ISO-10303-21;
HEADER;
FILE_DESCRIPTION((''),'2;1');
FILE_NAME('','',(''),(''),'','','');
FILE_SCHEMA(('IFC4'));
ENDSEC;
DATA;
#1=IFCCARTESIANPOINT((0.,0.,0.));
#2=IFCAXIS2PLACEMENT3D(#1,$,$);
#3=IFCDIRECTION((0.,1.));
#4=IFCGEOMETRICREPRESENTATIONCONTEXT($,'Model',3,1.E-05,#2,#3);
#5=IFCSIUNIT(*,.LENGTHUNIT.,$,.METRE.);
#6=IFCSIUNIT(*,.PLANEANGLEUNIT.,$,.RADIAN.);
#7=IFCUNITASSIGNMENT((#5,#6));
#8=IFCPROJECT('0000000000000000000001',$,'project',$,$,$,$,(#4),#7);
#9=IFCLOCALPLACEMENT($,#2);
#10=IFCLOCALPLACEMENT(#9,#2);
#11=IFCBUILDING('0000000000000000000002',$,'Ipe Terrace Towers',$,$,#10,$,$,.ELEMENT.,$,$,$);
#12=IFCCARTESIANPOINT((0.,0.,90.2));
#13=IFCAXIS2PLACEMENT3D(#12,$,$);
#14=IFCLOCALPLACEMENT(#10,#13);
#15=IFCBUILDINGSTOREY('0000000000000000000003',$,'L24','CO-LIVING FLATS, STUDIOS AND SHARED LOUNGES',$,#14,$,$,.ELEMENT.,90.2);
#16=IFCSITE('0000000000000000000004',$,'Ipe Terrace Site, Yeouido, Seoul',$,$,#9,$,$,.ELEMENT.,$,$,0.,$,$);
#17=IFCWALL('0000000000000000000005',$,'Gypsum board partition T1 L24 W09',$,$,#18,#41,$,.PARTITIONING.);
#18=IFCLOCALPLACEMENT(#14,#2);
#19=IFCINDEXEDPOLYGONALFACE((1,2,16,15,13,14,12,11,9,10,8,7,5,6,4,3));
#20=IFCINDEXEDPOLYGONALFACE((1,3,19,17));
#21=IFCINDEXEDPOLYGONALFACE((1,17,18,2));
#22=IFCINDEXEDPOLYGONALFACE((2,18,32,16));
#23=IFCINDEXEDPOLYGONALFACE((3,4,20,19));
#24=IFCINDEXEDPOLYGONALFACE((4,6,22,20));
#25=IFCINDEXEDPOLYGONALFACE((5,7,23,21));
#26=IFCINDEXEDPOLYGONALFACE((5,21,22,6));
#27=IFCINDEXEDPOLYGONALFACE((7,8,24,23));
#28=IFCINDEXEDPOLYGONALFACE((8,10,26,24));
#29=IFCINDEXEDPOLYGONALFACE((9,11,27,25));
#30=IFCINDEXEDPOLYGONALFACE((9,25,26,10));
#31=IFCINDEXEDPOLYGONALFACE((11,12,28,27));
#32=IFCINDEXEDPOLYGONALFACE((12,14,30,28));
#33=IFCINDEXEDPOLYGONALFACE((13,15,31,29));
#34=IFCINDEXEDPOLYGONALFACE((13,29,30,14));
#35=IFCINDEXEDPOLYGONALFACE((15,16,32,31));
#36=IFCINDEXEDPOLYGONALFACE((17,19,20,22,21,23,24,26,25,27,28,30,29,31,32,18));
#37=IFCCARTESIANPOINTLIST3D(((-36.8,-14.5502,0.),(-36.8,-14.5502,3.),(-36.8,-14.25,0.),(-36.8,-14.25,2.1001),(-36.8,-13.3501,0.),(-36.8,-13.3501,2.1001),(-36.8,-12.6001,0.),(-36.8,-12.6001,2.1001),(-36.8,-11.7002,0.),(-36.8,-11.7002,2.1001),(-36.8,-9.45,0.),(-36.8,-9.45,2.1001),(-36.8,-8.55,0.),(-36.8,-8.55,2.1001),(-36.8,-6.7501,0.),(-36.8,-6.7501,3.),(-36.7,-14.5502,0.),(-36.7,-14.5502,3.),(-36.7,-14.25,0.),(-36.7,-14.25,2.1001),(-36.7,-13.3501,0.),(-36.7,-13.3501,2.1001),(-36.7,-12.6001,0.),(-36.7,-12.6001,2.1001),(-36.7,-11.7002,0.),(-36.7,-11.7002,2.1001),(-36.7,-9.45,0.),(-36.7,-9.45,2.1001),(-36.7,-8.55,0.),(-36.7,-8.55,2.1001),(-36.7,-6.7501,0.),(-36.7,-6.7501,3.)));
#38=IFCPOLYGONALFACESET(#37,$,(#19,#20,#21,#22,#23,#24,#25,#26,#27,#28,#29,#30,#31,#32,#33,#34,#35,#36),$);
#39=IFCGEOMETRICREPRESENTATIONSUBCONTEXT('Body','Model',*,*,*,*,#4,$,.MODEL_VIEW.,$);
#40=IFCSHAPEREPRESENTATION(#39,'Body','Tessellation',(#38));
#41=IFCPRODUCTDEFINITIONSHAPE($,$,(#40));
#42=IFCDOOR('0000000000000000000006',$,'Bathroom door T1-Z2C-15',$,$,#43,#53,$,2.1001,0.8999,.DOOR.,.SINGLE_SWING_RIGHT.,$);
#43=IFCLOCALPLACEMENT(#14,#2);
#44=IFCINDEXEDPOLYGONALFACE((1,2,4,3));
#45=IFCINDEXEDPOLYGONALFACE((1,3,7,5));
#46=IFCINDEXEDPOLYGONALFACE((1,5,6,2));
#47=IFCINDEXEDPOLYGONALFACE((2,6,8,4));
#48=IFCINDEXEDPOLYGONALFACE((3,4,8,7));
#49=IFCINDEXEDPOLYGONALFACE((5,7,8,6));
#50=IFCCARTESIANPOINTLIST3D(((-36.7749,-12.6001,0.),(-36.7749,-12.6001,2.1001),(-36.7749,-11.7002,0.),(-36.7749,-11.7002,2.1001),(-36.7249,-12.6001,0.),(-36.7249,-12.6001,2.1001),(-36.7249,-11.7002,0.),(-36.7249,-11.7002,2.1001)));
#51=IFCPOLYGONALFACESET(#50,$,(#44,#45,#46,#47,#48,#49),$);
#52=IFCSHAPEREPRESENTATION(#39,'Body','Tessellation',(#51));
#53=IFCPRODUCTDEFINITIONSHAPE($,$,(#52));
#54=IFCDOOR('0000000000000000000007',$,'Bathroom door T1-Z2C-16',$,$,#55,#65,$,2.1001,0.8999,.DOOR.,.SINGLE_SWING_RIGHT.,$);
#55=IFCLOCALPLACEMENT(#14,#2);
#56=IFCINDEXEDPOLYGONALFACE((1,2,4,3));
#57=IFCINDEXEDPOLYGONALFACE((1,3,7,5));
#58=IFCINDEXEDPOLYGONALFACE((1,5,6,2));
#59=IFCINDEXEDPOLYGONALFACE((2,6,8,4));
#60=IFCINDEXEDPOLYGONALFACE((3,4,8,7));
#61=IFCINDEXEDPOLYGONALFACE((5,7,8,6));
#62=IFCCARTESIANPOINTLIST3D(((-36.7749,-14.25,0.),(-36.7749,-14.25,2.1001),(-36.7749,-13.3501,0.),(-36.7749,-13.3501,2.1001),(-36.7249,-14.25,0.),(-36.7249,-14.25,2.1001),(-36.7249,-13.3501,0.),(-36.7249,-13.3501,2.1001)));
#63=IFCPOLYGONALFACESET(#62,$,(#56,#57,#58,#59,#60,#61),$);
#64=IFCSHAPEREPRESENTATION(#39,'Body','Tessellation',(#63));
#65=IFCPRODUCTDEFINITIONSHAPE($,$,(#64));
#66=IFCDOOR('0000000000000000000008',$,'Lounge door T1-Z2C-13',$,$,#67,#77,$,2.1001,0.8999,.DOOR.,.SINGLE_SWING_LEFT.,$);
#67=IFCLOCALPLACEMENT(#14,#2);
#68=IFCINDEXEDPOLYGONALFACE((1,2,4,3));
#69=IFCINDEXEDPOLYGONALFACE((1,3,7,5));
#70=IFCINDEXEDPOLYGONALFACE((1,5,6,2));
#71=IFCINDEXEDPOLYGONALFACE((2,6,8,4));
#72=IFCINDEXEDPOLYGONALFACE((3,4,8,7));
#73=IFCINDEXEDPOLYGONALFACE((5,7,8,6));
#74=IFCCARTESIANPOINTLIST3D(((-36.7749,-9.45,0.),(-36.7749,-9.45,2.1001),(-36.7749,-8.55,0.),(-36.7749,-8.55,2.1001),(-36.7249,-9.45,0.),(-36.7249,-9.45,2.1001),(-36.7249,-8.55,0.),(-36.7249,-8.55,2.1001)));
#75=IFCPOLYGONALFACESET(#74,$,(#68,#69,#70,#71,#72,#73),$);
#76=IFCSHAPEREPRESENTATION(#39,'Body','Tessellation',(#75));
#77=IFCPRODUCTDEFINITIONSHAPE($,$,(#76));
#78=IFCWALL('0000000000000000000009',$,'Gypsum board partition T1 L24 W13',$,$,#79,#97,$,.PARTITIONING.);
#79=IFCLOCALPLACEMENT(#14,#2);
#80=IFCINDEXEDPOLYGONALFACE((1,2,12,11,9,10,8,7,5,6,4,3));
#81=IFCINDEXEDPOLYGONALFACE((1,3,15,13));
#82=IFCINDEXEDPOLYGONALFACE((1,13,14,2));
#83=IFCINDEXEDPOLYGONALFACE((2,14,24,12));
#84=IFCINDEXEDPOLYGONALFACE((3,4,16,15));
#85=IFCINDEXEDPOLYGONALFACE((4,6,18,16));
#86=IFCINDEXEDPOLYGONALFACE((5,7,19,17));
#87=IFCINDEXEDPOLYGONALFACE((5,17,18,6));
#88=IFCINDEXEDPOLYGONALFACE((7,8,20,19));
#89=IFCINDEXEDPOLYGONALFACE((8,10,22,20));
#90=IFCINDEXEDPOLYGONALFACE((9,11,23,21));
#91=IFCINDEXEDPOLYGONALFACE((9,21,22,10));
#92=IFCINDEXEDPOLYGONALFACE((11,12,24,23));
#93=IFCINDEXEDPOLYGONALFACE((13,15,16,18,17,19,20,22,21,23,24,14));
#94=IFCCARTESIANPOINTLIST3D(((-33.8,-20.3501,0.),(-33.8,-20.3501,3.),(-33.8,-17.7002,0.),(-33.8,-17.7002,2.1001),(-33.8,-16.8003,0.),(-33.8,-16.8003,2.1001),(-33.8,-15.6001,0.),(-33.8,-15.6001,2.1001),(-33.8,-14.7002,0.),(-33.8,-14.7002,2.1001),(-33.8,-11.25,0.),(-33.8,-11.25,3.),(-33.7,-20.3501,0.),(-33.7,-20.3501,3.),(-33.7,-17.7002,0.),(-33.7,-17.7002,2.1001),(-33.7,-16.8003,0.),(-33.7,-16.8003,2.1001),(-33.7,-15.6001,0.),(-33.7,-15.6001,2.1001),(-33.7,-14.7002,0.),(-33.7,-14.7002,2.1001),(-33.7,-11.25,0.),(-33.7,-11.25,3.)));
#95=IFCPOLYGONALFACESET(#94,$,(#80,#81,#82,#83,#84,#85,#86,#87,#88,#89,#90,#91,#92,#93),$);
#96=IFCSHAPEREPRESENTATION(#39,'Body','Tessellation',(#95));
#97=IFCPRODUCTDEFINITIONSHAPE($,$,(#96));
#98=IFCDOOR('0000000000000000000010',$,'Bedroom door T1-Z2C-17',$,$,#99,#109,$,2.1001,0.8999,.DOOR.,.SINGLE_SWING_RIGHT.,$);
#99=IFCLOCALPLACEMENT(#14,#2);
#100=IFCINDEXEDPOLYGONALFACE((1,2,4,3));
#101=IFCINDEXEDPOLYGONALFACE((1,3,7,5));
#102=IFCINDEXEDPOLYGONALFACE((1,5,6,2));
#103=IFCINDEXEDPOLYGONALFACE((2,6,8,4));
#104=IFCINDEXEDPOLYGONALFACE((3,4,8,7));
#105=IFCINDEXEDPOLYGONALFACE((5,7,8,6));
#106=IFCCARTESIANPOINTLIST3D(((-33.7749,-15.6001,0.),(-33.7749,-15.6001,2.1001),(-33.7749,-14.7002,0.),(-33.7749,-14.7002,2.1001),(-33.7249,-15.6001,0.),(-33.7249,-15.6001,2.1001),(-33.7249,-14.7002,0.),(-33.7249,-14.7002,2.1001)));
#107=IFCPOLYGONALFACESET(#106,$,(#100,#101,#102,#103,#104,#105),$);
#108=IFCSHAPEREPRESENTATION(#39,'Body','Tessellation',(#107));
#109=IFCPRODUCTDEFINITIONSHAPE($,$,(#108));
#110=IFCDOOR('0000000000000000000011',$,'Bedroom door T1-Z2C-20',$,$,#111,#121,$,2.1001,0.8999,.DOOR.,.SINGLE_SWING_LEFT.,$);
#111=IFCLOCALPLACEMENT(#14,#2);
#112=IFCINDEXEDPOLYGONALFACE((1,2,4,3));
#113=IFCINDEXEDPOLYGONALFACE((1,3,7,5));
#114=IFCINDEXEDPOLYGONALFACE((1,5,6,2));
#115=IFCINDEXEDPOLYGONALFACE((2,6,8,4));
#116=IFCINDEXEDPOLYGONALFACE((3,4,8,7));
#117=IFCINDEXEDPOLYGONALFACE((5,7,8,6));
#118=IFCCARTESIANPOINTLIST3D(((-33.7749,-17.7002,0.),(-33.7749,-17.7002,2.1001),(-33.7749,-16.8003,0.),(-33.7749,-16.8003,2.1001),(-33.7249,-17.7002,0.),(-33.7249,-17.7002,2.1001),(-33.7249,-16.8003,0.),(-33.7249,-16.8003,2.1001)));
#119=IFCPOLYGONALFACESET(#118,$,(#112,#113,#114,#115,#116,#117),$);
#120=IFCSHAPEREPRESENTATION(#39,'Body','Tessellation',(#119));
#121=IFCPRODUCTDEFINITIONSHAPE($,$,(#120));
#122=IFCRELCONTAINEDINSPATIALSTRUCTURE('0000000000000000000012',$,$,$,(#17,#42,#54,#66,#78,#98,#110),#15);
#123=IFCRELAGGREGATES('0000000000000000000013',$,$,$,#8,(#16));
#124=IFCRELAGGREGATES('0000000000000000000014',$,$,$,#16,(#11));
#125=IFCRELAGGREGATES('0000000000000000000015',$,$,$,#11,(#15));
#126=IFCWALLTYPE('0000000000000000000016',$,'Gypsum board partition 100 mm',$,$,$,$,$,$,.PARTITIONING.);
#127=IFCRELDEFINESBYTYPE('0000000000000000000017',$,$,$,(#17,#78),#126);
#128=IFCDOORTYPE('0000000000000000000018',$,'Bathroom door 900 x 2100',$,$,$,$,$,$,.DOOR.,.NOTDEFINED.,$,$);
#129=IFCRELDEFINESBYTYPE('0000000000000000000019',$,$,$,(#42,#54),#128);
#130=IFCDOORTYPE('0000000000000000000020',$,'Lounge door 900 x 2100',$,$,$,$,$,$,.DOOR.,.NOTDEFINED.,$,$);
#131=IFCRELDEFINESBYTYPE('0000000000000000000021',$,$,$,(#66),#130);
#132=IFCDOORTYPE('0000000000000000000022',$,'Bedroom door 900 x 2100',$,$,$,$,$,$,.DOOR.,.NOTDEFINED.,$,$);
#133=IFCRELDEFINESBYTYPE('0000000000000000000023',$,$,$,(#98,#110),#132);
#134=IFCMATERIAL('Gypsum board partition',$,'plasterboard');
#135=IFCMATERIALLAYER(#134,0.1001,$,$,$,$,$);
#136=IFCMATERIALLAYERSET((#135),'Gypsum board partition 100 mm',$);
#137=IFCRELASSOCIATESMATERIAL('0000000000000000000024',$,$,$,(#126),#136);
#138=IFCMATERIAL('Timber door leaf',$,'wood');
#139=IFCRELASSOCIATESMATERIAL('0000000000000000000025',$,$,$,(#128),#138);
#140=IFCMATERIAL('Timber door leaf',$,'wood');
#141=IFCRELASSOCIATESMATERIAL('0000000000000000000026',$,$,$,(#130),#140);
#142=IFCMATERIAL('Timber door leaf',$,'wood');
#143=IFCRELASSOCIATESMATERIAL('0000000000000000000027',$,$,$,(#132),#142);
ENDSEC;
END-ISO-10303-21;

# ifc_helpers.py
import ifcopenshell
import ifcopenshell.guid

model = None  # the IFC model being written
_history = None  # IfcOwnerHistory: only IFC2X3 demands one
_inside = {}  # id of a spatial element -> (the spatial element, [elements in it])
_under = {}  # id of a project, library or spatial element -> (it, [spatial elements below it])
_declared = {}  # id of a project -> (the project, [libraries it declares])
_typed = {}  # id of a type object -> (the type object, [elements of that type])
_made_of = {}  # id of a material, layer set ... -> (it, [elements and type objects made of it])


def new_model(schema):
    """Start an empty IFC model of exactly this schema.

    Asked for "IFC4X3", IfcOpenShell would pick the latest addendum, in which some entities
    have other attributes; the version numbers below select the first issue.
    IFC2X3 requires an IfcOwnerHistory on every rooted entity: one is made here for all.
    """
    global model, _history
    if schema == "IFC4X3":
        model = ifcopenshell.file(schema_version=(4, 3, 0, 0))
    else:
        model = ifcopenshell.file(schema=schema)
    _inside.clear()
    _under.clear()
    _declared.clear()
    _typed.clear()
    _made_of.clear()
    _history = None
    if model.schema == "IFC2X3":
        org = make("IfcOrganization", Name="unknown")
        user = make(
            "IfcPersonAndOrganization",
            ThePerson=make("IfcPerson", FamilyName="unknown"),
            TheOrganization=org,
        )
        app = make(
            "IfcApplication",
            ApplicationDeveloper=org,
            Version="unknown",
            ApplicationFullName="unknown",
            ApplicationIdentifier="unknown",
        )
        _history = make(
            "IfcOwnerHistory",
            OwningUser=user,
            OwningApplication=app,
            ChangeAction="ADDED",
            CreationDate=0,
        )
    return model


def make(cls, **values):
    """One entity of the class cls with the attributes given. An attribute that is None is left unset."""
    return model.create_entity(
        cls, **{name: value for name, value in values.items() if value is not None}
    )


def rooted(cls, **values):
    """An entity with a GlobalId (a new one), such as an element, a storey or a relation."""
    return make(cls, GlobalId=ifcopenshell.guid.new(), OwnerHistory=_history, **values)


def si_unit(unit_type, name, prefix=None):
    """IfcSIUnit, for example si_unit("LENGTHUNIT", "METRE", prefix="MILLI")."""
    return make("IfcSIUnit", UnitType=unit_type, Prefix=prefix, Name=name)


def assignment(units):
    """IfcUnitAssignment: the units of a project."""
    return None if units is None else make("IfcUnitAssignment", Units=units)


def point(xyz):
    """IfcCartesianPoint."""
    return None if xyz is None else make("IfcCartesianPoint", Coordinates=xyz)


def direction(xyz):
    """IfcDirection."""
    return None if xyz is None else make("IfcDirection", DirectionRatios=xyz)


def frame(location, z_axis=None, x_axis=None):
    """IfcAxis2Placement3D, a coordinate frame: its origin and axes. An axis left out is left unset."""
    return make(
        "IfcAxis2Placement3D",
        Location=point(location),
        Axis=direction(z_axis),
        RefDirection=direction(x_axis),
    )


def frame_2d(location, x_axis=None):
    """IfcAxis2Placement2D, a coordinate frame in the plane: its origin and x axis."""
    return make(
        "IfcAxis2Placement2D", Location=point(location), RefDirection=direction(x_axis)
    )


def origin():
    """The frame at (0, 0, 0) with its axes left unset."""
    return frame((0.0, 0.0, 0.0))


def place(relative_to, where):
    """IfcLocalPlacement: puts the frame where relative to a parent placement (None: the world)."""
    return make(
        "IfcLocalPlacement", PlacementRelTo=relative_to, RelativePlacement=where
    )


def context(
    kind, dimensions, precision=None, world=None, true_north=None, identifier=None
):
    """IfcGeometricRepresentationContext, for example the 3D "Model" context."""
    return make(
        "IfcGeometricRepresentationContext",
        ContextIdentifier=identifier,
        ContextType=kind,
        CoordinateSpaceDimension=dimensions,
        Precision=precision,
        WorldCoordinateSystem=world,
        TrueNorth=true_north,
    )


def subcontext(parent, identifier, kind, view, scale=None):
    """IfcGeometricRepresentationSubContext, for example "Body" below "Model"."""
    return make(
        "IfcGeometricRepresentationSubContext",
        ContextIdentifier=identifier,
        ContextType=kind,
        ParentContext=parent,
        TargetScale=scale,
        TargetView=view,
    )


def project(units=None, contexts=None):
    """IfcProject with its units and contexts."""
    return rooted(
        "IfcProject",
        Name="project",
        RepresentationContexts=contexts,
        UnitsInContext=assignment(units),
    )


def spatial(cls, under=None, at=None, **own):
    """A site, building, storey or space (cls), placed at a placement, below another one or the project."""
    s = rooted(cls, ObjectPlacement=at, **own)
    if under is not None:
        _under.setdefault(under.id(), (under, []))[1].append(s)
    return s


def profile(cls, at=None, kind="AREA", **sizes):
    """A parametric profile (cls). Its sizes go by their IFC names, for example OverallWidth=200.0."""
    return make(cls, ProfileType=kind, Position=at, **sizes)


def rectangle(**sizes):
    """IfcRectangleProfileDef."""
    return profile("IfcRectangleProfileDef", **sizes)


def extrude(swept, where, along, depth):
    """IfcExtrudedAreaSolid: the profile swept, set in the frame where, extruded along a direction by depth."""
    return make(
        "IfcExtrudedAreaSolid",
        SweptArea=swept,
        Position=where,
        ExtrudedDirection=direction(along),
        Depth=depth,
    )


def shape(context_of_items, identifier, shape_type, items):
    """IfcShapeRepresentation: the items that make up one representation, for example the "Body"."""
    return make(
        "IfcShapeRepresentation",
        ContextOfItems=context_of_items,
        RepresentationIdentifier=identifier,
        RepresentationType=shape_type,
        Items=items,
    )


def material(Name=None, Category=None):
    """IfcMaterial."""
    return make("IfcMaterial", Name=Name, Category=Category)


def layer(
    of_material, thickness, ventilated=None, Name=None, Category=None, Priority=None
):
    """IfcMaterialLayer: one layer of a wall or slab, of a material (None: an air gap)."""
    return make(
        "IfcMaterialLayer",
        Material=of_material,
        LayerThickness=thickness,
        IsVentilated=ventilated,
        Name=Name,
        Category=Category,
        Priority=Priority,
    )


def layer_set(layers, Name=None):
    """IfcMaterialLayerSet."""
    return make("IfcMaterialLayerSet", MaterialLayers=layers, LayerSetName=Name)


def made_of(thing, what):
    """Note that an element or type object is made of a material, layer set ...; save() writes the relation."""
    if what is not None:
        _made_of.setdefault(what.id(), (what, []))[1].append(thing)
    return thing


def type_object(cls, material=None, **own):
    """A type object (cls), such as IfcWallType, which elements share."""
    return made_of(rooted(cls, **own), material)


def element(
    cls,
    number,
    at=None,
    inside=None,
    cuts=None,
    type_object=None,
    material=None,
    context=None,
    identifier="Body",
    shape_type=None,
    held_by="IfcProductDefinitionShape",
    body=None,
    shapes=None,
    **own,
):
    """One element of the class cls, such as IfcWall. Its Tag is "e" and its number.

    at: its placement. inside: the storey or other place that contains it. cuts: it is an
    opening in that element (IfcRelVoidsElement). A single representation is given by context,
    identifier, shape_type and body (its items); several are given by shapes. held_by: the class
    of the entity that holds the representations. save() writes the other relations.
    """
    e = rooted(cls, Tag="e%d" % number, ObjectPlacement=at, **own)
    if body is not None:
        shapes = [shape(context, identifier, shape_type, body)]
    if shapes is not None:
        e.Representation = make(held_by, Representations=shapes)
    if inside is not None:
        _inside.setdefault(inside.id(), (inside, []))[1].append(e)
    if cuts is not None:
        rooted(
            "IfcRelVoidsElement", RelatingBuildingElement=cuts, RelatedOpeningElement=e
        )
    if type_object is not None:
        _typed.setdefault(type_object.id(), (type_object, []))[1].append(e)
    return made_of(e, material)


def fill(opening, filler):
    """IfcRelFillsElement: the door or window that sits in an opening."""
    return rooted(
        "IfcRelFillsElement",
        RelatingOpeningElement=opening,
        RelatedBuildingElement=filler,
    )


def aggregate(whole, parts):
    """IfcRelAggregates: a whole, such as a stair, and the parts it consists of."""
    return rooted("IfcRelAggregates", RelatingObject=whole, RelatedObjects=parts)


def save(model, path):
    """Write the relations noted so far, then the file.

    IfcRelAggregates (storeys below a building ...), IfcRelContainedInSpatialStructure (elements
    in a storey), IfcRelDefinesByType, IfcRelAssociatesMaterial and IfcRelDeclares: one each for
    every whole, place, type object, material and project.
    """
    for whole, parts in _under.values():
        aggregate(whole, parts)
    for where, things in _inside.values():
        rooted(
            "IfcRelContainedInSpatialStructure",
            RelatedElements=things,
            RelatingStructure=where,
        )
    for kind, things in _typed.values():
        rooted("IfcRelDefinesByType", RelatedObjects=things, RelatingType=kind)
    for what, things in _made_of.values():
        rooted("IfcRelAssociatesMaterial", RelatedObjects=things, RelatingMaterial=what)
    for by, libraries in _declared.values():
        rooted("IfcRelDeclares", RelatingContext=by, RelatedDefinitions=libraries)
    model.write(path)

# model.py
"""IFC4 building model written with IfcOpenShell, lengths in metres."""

from ifc_helpers import new_model, si_unit, direction, frame, frame_2d, origin, place, context, subcontext, project, spatial, rectangle, extrude, material, layer, layer_set, type_object, element, fill, save


model = new_model("IFC4")

# Units and contexts
model_context = context("Model", 3, precision=1e-05, world=origin(), true_north=direction((0.0, 1.0)))
body_context = subcontext(model_context, "Body", "Model", "MODEL_VIEW")
ifc_project = project(units=[si_unit("LENGTHUNIT", "METRE"), si_unit("PLANEANGLEUNIT", "RADIAN")], contexts=[model_context])

# Site, building, storey
site_placement = place(None, origin())
site = spatial("IfcSite", under=ifc_project, at=site_placement, Name="Ipe Terrace Site, Yeouido, Seoul", CompositionType="ELEMENT", RefElevation=0.0)
building_placement = place(site_placement, origin())
building = spatial("IfcBuilding", under=site, at=building_placement, Name="Ipe Terrace Towers", CompositionType="ELEMENT")
storey_placement = place(building_placement, frame((0.0, 0.0, 90.2)))
storey = spatial("IfcBuildingStorey", under=building, at=storey_placement, Name="L24", Description="CO-LIVING FLATS, STUDIOS AND SHARED LOUNGES", CompositionType="ELEMENT", Elevation=90.2)

# Walls, openings, doors
ifc_material_1 = material(Name="Gypsum board partition", Category="plasterboard")
ifc_layer_1 = layer(ifc_material_1, 0.1001)
ifc_layer_set_1 = layer_set([ifc_layer_1], Name="Gypsum board partition 100 mm")
wall_type_1 = type_object("IfcWallType", Name="Gypsum board partition 100 mm", PredefinedType="PARTITIONING", material=ifc_layer_set_1)
wall_1_placement = place(storey_placement, frame((-36.75, -14.55, 0.0), z_axis=(0.0, 0.0, 1.0), x_axis=(0.0, 1.0, 0.0)))
wall_1 = element("IfcWall", 1, at=wall_1_placement, inside=storey, type_object=wall_type_1, Name="Gypsum board partition T1 L24 W09", PredefinedType="PARTITIONING", context=body_context, shape_type="SweptSolid", body=[
    extrude(rectangle(XDim=7.8, YDim=0.1001, at=frame_2d((3.8999, 0.0))), origin(), (0.0, 0.0, 1.0), 3.0),
])
opening_1_placement = place(wall_1_placement, frame((5.1001, 0.0, 0.0)))
opening_1 = element("IfcOpeningElement", 2, at=opening_1_placement, cuts=wall_1, PredefinedType="OPENING", context=body_context, shape_type="SweptSolid", body=[
    extrude(rectangle(XDim=0.8999, YDim=2.1001, at=frame_2d((0.45, 1.05))), frame((0.0, 0.0601, 0.0), z_axis=(0.0, -1.0, 0.0), x_axis=(1.0, 0.0, 0.0)), (0.0, 0.0, 1.0), 0.1201),
])
opening_2_placement = place(wall_1_placement, frame((1.95, 0.0, 0.0)))
opening_2 = element("IfcOpeningElement", 3, at=opening_2_placement, cuts=wall_1, PredefinedType="OPENING", context=body_context, shape_type="SweptSolid", body=[
    extrude(rectangle(XDim=0.8999, YDim=2.1001, at=frame_2d((0.45, 1.05))), frame((0.0, 0.0601, 0.0), z_axis=(0.0, -1.0, 0.0), x_axis=(1.0, 0.0, 0.0)), (0.0, 0.0, 1.0), 0.1201),
])
opening_3_placement = place(wall_1_placement, frame((0.3, 0.0, 0.0)))
opening_3 = element("IfcOpeningElement", 4, at=opening_3_placement, cuts=wall_1, PredefinedType="OPENING", context=body_context, shape_type="SweptSolid", body=[
    extrude(rectangle(XDim=0.8999, YDim=2.1001, at=frame_2d((0.45, 1.05))), frame((0.0, 0.0601, 0.0), z_axis=(0.0, -1.0, 0.0), x_axis=(1.0, 0.0, 0.0)), (0.0, 0.0, 1.0), 0.1201),
])
ifc_material_2 = material(Name="Timber door leaf", Category="wood")
door_type_1 = type_object("IfcDoorType", Name="Bathroom door 900 x 2100", OperationType="NOTDEFINED", PredefinedType="DOOR", material=ifc_material_2)
door_1_placement = place(opening_2_placement, origin())
door_1 = element("IfcDoor", 5, at=door_1_placement, inside=storey, type_object=door_type_1, Name="Bathroom door T1-Z2C-15", OperationType="SINGLE_SWING_RIGHT", OverallHeight=2.1001, OverallWidth=0.8999, PredefinedType="DOOR", context=body_context, shape_type="SweptSolid", body=[
    extrude(rectangle(XDim=0.8999, YDim=2.1001, at=frame_2d((0.45, 1.05))), frame((0.0, 0.0249, 0.0), z_axis=(0.0, -1.0, 0.0), x_axis=(1.0, 0.0, 0.0)), (0.0, 0.0, 1.0), 0.05),
])
fill(opening_2, door_1)
door_2_placement = place(opening_3_placement, origin())
door_2 = element("IfcDoor", 6, at=door_2_placement, inside=storey, type_object=door_type_1, Name="Bathroom door T1-Z2C-16", OperationType="SINGLE_SWING_RIGHT", OverallHeight=2.1001, OverallWidth=0.8999, PredefinedType="DOOR", context=body_context, shape_type="SweptSolid", body=[
    extrude(rectangle(XDim=0.8999, YDim=2.1001, at=frame_2d((0.45, 1.05))), frame((0.0, 0.0249, 0.0), z_axis=(0.0, -1.0, 0.0), x_axis=(1.0, 0.0, 0.0)), (0.0, 0.0, 1.0), 0.05),
])
fill(opening_3, door_2)
ifc_material_3 = material(Name="Timber door leaf", Category="wood")
door_type_2 = type_object("IfcDoorType", Name="Lounge door 900 x 2100", OperationType="NOTDEFINED", PredefinedType="DOOR", material=ifc_material_3)
door_3_placement = place(opening_1_placement, origin())
door_3 = element("IfcDoor", 7, at=door_3_placement, inside=storey, type_object=door_type_2, Name="Lounge door T1-Z2C-13", OperationType="SINGLE_SWING_LEFT", OverallHeight=2.1001, OverallWidth=0.8999, PredefinedType="DOOR", context=body_context, shape_type="SweptSolid", body=[
    extrude(rectangle(XDim=0.8999, YDim=2.1001, at=frame_2d((0.45, 1.05))), frame((0.0, 0.0249, 0.0), z_axis=(0.0, -1.0, 0.0), x_axis=(1.0, 0.0, 0.0)), (0.0, 0.0, 1.0), 0.05),
])
fill(opening_1, door_3)
wall_2_placement = place(storey_placement, frame((-33.75, -20.3501, 0.0), z_axis=(0.0, 0.0, 1.0), x_axis=(0.0, 1.0, 0.0)))
wall_2 = element("IfcWall", 8, at=wall_2_placement, inside=storey, type_object=wall_type_1, Name="Gypsum board partition T1 L24 W13", PredefinedType="PARTITIONING", context=body_context, shape_type="SweptSolid", body=[
    extrude(rectangle(XDim=9.1001, YDim=0.1001, at=frame_2d((4.55, 0.0))), origin(), (0.0, 0.0, 1.0), 3.0),
])
opening_4_placement = place(wall_2_placement, frame((4.75, 0.0, 0.0)))
opening_4 = element("IfcOpeningElement", 9, at=opening_4_placement, cuts=wall_2, PredefinedType="OPENING", context=body_context, shape_type="SweptSolid", body=[
    extrude(rectangle(XDim=0.8999, YDim=2.1001, at=frame_2d((0.45, 1.05))), frame((0.0, 0.0601, 0.0), z_axis=(0.0, -1.0, 0.0), x_axis=(1.0, 0.0, 0.0)), (0.0, 0.0, 1.0), 0.1201),
])
opening_5_placement = place(wall_2_placement, frame((2.6499, 0.0, 0.0)))
opening_5 = element("IfcOpeningElement", 10, at=opening_5_placement, cuts=wall_2, PredefinedType="OPENING", context=body_context, shape_type="SweptSolid", body=[
    extrude(rectangle(XDim=0.8999, YDim=2.1001, at=frame_2d((0.45, 1.05))), frame((0.0, 0.0601, 0.0), z_axis=(0.0, -1.0, 0.0), x_axis=(1.0, 0.0, 0.0)), (0.0, 0.0, 1.0), 0.1201),
])
ifc_material_4 = material(Name="Timber door leaf", Category="wood")
door_type_3 = type_object("IfcDoorType", Name="Bedroom door 900 x 2100", OperationType="NOTDEFINED", PredefinedType="DOOR", material=ifc_material_4)
door_4_placement = place(opening_4_placement, origin())
door_4 = element("IfcDoor", 11, at=door_4_placement, inside=storey, type_object=door_type_3, Name="Bedroom door T1-Z2C-17", OperationType="SINGLE_SWING_RIGHT", OverallHeight=2.1001, OverallWidth=0.8999, PredefinedType="DOOR", context=body_context, shape_type="SweptSolid", body=[
    extrude(rectangle(XDim=0.8999, YDim=2.1001, at=frame_2d((0.45, 1.05))), frame((0.0, 0.0249, 0.0), z_axis=(0.0, -1.0, 0.0), x_axis=(1.0, 0.0, 0.0)), (0.0, 0.0, 1.0), 0.05),
])
fill(opening_4, door_4)
door_5_placement = place(opening_5_placement, origin())
door_5 = element("IfcDoor", 12, at=door_5_placement, inside=storey, type_object=door_type_3, Name="Bedroom door T1-Z2C-20", OperationType="SINGLE_SWING_LEFT", OverallHeight=2.1001, OverallWidth=0.8999, PredefinedType="DOOR", context=body_context, shape_type="SweptSolid", body=[
    extrude(rectangle(XDim=0.8999, YDim=2.1001, at=frame_2d((0.45, 1.05))), frame((0.0, 0.0249, 0.0), z_axis=(0.0, -1.0, 0.0), x_axis=(1.0, 0.0, 0.0)), (0.0, 0.0, 1.0), 0.05),
])
fill(opening_5, door_5)

save(model, "model.ifc")
